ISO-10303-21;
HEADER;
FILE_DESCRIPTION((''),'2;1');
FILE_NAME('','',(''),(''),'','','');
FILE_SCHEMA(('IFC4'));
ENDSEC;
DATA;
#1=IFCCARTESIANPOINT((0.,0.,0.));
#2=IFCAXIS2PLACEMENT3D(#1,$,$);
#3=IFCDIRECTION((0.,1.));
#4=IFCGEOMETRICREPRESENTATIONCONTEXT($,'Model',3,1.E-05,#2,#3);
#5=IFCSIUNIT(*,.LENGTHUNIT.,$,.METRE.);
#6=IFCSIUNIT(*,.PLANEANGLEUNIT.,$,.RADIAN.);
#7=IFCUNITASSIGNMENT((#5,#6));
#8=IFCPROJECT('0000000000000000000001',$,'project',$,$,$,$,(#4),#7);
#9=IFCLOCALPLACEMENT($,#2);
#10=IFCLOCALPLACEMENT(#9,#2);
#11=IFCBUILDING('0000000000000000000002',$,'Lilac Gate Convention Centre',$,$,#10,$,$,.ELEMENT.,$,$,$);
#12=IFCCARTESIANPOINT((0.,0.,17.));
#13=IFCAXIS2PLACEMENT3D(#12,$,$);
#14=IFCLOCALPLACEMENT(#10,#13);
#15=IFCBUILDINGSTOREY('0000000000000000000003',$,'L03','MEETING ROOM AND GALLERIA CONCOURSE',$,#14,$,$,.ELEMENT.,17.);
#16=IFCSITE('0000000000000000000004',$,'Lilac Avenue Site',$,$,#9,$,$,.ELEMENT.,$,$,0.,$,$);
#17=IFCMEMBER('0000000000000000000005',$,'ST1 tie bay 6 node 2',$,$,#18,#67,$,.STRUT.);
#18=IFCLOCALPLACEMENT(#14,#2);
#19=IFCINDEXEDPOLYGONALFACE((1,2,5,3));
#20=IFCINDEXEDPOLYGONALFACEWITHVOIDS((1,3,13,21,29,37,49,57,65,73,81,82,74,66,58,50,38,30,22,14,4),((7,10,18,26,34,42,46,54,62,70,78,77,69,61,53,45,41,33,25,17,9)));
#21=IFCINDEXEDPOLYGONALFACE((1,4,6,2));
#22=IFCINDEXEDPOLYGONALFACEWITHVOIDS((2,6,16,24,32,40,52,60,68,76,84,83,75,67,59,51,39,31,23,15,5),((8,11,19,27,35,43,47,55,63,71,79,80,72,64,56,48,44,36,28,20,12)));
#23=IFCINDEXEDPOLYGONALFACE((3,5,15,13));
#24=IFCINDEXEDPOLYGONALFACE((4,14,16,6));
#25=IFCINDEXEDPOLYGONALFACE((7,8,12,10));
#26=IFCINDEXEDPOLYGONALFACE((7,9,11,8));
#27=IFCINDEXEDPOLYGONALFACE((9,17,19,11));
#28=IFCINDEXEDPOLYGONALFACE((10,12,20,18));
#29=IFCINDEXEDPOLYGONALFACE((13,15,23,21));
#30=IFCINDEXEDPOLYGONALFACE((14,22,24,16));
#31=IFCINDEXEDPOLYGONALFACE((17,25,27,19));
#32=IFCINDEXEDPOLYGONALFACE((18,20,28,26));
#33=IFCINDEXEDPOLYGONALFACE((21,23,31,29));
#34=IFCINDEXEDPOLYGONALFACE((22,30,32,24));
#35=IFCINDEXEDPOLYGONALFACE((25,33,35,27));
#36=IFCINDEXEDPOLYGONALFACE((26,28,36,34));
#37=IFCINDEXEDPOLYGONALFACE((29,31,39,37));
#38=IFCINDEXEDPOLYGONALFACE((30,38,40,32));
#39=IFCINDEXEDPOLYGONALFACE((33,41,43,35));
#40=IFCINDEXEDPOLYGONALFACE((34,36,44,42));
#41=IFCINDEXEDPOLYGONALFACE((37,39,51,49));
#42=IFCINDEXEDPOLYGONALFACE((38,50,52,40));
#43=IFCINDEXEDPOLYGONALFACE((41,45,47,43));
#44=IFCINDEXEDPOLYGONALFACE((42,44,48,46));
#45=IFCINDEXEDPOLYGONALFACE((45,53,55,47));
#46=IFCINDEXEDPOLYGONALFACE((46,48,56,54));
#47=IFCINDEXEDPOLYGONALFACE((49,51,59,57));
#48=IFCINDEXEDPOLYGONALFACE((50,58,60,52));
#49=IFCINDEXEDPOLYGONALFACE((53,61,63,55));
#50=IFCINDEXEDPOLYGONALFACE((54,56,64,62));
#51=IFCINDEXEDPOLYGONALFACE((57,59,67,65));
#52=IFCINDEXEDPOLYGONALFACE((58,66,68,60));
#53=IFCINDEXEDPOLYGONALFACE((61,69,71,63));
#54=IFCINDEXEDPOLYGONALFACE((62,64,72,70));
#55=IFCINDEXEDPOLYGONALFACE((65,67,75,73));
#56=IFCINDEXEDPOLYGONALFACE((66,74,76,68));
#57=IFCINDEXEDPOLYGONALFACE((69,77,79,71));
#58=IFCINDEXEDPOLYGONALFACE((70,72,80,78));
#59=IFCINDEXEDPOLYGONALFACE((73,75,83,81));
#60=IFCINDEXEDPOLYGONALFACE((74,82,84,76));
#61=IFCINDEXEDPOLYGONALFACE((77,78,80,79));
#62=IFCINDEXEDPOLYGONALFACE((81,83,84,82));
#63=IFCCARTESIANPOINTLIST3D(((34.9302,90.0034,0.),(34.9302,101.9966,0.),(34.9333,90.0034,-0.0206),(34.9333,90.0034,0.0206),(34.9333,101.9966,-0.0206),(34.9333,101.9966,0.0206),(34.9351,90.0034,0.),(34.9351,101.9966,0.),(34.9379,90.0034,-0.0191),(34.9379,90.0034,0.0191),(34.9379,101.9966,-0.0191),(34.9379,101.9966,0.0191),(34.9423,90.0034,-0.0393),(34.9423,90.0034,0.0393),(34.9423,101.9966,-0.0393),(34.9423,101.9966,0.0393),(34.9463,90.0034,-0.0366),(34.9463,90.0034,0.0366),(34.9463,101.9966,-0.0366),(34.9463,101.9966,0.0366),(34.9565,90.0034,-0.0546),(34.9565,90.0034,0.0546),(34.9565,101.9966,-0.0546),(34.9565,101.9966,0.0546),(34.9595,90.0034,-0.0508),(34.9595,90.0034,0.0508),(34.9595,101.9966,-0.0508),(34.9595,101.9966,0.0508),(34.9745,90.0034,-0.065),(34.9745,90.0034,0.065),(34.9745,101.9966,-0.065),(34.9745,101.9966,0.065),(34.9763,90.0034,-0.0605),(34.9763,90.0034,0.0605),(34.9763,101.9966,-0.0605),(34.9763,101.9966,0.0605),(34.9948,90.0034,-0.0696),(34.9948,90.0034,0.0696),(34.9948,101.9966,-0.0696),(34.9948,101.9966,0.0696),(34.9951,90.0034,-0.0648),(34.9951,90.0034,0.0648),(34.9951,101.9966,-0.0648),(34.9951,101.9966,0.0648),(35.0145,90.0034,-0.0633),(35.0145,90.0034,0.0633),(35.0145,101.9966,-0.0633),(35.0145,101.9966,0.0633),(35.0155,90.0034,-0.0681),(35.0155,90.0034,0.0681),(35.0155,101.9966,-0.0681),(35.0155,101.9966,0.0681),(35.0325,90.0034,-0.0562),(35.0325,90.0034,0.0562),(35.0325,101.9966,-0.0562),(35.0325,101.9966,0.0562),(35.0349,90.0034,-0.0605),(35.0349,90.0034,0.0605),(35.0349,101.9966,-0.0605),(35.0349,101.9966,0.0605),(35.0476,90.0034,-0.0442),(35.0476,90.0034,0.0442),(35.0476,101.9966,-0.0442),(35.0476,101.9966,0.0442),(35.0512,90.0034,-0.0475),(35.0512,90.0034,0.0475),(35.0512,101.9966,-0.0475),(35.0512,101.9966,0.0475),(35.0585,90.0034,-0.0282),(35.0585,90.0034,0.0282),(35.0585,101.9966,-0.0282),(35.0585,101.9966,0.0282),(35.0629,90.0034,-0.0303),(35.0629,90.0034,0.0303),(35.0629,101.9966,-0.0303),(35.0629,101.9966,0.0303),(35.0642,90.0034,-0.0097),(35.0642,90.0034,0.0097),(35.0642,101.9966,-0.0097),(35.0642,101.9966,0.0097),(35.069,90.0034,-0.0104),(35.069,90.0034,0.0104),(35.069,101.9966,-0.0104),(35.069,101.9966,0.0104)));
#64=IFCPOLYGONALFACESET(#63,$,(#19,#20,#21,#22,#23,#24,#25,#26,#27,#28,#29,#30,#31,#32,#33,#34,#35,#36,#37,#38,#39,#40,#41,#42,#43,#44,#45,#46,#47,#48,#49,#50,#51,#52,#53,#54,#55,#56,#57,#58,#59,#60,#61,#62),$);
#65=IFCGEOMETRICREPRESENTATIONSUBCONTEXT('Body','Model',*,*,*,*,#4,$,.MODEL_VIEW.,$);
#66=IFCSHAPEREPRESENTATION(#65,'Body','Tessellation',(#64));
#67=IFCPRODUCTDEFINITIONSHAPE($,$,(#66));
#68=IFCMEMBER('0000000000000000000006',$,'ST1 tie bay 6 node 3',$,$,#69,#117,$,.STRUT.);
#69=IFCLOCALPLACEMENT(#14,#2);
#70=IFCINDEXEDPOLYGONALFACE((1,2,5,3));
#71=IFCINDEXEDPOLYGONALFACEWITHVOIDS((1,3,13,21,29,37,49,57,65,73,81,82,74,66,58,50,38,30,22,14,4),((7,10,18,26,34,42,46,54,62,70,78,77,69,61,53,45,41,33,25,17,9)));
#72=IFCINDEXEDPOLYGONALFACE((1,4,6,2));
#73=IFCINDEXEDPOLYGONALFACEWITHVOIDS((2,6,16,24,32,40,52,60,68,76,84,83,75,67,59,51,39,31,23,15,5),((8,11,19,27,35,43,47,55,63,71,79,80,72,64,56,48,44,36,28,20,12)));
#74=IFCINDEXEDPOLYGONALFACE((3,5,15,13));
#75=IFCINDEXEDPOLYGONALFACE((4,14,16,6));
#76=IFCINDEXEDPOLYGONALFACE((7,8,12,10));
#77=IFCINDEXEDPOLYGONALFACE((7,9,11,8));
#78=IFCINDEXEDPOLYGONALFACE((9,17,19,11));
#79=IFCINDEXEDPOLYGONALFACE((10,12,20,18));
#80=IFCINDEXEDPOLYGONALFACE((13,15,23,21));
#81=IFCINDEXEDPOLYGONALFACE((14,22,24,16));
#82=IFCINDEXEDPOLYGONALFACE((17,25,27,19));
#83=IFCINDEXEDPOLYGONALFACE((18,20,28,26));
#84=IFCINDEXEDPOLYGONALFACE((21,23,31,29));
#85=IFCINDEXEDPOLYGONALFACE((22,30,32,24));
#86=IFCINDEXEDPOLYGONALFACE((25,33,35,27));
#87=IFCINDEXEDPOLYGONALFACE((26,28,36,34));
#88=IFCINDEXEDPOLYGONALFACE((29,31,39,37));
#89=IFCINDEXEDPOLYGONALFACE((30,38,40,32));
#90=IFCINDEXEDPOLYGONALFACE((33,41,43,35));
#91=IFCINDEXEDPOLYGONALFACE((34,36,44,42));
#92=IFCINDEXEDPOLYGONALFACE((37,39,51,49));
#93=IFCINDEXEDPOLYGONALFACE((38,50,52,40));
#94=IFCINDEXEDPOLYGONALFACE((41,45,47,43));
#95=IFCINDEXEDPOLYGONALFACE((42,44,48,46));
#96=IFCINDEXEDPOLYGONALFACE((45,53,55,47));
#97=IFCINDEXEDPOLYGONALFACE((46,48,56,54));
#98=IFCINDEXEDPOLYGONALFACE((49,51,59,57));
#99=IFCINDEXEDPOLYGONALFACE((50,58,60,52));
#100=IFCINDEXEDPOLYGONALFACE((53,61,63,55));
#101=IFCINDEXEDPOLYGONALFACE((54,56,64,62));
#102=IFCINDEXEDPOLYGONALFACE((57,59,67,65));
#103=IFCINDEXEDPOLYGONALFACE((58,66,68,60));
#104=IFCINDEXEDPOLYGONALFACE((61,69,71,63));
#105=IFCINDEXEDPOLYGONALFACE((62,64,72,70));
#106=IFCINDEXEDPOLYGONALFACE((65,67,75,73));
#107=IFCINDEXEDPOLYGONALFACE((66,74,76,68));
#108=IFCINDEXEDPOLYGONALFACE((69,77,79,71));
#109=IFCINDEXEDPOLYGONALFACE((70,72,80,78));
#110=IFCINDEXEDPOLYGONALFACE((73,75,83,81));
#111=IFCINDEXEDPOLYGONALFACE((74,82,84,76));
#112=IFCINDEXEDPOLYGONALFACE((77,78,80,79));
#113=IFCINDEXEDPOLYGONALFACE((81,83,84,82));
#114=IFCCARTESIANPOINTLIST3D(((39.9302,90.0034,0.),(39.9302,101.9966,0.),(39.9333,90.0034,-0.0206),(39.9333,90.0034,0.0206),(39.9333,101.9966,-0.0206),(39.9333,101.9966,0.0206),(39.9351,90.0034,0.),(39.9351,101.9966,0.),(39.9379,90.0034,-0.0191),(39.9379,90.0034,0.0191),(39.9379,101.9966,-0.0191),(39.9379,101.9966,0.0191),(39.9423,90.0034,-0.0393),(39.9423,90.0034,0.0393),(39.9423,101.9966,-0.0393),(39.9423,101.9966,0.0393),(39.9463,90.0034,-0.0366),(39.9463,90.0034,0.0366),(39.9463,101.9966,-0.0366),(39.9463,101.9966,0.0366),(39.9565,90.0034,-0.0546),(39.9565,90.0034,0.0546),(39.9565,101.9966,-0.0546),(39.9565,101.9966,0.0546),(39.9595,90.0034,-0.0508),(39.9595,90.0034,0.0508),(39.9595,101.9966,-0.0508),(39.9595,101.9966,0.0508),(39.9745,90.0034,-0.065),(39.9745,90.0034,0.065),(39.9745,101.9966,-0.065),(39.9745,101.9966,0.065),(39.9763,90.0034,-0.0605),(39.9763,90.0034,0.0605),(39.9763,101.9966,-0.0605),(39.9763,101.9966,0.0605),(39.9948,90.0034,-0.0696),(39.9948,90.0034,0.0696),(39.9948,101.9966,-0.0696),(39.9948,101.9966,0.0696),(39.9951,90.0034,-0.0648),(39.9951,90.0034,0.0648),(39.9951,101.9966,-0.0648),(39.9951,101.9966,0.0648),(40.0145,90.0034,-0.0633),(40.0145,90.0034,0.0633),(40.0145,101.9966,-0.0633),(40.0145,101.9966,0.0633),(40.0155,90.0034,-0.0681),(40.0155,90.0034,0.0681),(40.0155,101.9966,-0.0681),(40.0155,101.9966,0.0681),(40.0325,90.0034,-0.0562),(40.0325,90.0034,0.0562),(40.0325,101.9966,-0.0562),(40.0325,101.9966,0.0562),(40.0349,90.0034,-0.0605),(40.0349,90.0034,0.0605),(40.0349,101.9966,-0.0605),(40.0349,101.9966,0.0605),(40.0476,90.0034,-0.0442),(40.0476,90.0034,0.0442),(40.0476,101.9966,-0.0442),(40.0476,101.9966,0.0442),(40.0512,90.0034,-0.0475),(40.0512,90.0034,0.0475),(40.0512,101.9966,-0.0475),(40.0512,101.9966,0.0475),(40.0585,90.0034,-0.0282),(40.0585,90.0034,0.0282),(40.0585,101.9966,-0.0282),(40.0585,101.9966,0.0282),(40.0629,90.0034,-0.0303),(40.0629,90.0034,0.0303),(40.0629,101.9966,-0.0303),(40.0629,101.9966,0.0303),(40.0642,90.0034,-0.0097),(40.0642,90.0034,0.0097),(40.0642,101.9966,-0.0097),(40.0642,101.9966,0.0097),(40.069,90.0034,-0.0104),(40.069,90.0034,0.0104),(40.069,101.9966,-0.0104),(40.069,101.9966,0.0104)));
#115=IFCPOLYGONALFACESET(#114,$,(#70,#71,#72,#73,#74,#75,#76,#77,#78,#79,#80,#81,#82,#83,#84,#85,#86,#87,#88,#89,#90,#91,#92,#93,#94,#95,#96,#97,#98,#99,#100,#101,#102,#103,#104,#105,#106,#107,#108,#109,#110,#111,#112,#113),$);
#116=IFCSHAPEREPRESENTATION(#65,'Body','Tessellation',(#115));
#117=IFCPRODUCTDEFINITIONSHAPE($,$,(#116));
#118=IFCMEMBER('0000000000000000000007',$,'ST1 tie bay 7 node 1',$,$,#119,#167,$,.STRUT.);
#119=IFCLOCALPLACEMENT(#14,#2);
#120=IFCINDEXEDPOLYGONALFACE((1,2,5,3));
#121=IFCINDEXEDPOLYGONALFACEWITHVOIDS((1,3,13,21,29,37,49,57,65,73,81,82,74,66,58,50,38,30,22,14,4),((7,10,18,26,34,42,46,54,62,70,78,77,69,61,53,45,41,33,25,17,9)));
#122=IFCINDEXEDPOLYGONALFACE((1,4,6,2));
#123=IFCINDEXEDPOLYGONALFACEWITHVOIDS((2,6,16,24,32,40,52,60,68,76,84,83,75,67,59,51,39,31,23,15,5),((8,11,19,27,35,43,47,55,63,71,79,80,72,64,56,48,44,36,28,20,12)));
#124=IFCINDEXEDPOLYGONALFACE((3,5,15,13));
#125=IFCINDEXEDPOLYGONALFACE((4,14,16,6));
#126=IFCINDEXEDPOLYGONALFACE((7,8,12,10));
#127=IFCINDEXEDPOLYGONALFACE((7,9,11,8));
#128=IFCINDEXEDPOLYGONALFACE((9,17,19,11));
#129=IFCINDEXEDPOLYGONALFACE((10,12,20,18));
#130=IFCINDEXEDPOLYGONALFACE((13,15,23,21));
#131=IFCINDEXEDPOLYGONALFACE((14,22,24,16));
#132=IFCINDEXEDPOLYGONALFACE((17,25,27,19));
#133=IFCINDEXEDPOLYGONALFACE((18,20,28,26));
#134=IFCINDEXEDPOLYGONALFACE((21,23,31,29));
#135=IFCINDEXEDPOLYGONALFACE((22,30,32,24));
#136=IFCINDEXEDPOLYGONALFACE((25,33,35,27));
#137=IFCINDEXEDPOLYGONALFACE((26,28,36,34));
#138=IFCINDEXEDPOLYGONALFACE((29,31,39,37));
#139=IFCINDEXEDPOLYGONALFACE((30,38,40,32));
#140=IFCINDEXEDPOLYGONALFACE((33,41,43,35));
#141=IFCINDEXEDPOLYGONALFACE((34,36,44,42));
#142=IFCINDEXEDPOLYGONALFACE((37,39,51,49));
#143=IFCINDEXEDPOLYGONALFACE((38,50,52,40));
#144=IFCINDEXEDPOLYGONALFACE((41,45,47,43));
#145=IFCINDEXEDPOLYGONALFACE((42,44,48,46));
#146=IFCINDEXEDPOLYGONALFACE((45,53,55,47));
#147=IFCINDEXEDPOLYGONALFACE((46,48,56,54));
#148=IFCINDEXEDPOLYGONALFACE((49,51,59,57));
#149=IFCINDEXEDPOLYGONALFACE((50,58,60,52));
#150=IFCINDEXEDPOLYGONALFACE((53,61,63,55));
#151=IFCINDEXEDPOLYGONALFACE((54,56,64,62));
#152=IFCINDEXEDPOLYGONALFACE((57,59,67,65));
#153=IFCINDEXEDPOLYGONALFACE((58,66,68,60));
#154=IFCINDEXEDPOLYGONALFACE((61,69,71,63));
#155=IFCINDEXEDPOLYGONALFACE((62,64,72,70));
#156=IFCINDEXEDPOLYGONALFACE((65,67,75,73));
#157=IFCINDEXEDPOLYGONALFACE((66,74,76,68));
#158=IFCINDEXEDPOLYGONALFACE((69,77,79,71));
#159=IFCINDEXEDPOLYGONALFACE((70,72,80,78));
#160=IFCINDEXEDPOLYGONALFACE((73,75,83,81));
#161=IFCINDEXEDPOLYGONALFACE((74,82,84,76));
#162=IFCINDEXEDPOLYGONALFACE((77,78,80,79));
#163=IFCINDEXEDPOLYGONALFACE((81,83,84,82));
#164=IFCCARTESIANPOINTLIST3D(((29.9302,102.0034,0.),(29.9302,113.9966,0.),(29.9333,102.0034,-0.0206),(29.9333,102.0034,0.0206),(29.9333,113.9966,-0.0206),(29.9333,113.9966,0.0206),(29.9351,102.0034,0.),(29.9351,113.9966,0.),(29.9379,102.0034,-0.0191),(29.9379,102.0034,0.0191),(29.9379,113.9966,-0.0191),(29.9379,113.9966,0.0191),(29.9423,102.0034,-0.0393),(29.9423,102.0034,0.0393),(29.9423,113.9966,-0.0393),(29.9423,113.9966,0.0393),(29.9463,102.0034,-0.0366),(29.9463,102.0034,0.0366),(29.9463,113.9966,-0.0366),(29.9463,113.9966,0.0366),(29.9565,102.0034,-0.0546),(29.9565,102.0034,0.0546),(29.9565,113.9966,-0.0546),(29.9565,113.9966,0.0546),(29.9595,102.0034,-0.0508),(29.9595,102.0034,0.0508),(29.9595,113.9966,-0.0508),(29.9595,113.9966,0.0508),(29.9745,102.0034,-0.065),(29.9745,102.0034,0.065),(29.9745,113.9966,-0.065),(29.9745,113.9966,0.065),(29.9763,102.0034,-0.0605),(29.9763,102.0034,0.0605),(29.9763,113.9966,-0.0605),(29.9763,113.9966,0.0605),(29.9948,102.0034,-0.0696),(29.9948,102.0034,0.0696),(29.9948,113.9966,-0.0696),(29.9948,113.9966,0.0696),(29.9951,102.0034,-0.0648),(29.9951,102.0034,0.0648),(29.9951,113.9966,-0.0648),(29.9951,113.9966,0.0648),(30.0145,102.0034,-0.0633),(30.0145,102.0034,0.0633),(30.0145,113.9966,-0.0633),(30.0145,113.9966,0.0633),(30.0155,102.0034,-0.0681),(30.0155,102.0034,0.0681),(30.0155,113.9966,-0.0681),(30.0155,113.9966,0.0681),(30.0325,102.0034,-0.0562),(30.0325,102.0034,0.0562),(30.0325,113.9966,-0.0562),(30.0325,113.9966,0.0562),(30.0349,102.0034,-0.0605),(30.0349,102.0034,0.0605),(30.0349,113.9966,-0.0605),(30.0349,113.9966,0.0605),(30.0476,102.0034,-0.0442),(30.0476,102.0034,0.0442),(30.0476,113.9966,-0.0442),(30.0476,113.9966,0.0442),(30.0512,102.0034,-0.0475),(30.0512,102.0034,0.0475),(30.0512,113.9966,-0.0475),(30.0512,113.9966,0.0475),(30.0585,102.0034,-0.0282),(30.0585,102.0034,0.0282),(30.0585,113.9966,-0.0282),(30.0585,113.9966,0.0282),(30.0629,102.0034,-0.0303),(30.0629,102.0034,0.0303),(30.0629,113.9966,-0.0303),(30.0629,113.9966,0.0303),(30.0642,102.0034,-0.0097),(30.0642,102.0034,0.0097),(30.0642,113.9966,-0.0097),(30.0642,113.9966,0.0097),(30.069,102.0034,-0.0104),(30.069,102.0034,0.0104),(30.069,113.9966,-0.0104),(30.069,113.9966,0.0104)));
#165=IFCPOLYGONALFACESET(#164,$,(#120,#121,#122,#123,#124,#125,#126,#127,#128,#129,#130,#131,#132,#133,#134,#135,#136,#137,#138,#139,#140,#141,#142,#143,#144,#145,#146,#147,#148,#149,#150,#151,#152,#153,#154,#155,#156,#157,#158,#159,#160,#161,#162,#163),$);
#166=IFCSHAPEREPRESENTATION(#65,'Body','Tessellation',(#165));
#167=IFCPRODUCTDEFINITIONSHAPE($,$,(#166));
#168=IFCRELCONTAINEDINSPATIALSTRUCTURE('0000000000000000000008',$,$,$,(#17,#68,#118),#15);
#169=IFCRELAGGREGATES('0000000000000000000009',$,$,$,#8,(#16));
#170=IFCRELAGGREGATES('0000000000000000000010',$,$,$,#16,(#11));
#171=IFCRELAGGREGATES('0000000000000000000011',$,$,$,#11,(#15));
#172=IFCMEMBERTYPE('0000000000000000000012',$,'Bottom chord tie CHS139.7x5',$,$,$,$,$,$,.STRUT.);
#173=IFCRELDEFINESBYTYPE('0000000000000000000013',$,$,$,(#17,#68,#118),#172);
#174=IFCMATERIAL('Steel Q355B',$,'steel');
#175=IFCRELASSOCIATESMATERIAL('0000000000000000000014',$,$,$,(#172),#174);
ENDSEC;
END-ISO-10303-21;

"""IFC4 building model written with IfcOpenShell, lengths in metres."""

from ifc_helpers import new_model, si_unit, direction, frame, origin, origin_2d, place, context, subcontext, project, spatial, hollow_circle, extrude, material, material_profile, profile_set, type_object, element, save


model = new_model("IFC4")

# Units and contexts
model_context = context("Model", 3, precision=1e-05, world=origin(), true_north=direction((0.0, 1.0)))
body_context = subcontext(model_context, "Body", "Model", "MODEL_VIEW")
ifc_project = project(units=[si_unit("LENGTHUNIT", "METRE"), si_unit("PLANEANGLEUNIT", "RADIAN")], contexts=[model_context])

# Site, building, storey
site_placement = place(None, origin())
site = spatial("IfcSite", under=ifc_project, at=site_placement, Name="Lilac Avenue Site", CompositionType="ELEMENT", RefElevation=0.0)
building_placement = place(site_placement, origin())
building = spatial("IfcBuilding", under=site, at=building_placement, Name="Lilac Gate Convention Centre", CompositionType="ELEMENT")
storey_placement = place(building_placement, frame((0.0, 0.0, 17.0)))
storey = spatial("IfcBuildingStorey", under=building, at=storey_placement, Name="L03", Description="MEETING ROOM AND GALLERIA CONCOURSE", CompositionType="ELEMENT", Elevation=17.0)

# Members
ifc_material = material(Name="Steel Q355B", Category="steel")
ifc_material_profile_1 = material_profile(ifc_material, hollow_circle(Radius=0.0698, WallThickness=0.0049, at=origin_2d()), Name="CHS139.7x5")
ifc_profile_set_1 = profile_set([ifc_material_profile_1], Name="Steel Q355B")
member_type_1 = type_object("IfcMemberType", Name="Bottom chord tie CHS139.7x5", PredefinedType="STRUT", material=ifc_profile_set_1)
for number, where, z_axis, x_axis, name in (
    (1, (35.0, 90.0034, 0.0), (0.0, 1.0, 0.0), (-1.0, 0.0, 0.0), "ST1 tie bay 6 node 2"),
    (2, (40.0, 90.0034, 0.0), (0.0, 1.0, 0.0), (-1.0, 0.0, 0.0), "ST1 tie bay 6 node 3"),
    (3, (30.0, 102.0034, 0.0), (0.0, 1.0, 0.0), (-1.0, 0.0, 0.0), "ST1 tie bay 7 node 1"),
):
    element("IfcMember", number, at=place(storey_placement, frame(where, z_axis=z_axis, x_axis=x_axis)), inside=storey, type_object=member_type_1, Name=name, PredefinedType="STRUT", context=body_context, shape_type="SweptSolid", body=[
        extrude(hollow_circle(Radius=0.0698, WallThickness=0.0049, at=origin_2d()), origin(), (0.0, 0.0, 1.0), 11.9932),
    ])

save(model, "model.ifc")
